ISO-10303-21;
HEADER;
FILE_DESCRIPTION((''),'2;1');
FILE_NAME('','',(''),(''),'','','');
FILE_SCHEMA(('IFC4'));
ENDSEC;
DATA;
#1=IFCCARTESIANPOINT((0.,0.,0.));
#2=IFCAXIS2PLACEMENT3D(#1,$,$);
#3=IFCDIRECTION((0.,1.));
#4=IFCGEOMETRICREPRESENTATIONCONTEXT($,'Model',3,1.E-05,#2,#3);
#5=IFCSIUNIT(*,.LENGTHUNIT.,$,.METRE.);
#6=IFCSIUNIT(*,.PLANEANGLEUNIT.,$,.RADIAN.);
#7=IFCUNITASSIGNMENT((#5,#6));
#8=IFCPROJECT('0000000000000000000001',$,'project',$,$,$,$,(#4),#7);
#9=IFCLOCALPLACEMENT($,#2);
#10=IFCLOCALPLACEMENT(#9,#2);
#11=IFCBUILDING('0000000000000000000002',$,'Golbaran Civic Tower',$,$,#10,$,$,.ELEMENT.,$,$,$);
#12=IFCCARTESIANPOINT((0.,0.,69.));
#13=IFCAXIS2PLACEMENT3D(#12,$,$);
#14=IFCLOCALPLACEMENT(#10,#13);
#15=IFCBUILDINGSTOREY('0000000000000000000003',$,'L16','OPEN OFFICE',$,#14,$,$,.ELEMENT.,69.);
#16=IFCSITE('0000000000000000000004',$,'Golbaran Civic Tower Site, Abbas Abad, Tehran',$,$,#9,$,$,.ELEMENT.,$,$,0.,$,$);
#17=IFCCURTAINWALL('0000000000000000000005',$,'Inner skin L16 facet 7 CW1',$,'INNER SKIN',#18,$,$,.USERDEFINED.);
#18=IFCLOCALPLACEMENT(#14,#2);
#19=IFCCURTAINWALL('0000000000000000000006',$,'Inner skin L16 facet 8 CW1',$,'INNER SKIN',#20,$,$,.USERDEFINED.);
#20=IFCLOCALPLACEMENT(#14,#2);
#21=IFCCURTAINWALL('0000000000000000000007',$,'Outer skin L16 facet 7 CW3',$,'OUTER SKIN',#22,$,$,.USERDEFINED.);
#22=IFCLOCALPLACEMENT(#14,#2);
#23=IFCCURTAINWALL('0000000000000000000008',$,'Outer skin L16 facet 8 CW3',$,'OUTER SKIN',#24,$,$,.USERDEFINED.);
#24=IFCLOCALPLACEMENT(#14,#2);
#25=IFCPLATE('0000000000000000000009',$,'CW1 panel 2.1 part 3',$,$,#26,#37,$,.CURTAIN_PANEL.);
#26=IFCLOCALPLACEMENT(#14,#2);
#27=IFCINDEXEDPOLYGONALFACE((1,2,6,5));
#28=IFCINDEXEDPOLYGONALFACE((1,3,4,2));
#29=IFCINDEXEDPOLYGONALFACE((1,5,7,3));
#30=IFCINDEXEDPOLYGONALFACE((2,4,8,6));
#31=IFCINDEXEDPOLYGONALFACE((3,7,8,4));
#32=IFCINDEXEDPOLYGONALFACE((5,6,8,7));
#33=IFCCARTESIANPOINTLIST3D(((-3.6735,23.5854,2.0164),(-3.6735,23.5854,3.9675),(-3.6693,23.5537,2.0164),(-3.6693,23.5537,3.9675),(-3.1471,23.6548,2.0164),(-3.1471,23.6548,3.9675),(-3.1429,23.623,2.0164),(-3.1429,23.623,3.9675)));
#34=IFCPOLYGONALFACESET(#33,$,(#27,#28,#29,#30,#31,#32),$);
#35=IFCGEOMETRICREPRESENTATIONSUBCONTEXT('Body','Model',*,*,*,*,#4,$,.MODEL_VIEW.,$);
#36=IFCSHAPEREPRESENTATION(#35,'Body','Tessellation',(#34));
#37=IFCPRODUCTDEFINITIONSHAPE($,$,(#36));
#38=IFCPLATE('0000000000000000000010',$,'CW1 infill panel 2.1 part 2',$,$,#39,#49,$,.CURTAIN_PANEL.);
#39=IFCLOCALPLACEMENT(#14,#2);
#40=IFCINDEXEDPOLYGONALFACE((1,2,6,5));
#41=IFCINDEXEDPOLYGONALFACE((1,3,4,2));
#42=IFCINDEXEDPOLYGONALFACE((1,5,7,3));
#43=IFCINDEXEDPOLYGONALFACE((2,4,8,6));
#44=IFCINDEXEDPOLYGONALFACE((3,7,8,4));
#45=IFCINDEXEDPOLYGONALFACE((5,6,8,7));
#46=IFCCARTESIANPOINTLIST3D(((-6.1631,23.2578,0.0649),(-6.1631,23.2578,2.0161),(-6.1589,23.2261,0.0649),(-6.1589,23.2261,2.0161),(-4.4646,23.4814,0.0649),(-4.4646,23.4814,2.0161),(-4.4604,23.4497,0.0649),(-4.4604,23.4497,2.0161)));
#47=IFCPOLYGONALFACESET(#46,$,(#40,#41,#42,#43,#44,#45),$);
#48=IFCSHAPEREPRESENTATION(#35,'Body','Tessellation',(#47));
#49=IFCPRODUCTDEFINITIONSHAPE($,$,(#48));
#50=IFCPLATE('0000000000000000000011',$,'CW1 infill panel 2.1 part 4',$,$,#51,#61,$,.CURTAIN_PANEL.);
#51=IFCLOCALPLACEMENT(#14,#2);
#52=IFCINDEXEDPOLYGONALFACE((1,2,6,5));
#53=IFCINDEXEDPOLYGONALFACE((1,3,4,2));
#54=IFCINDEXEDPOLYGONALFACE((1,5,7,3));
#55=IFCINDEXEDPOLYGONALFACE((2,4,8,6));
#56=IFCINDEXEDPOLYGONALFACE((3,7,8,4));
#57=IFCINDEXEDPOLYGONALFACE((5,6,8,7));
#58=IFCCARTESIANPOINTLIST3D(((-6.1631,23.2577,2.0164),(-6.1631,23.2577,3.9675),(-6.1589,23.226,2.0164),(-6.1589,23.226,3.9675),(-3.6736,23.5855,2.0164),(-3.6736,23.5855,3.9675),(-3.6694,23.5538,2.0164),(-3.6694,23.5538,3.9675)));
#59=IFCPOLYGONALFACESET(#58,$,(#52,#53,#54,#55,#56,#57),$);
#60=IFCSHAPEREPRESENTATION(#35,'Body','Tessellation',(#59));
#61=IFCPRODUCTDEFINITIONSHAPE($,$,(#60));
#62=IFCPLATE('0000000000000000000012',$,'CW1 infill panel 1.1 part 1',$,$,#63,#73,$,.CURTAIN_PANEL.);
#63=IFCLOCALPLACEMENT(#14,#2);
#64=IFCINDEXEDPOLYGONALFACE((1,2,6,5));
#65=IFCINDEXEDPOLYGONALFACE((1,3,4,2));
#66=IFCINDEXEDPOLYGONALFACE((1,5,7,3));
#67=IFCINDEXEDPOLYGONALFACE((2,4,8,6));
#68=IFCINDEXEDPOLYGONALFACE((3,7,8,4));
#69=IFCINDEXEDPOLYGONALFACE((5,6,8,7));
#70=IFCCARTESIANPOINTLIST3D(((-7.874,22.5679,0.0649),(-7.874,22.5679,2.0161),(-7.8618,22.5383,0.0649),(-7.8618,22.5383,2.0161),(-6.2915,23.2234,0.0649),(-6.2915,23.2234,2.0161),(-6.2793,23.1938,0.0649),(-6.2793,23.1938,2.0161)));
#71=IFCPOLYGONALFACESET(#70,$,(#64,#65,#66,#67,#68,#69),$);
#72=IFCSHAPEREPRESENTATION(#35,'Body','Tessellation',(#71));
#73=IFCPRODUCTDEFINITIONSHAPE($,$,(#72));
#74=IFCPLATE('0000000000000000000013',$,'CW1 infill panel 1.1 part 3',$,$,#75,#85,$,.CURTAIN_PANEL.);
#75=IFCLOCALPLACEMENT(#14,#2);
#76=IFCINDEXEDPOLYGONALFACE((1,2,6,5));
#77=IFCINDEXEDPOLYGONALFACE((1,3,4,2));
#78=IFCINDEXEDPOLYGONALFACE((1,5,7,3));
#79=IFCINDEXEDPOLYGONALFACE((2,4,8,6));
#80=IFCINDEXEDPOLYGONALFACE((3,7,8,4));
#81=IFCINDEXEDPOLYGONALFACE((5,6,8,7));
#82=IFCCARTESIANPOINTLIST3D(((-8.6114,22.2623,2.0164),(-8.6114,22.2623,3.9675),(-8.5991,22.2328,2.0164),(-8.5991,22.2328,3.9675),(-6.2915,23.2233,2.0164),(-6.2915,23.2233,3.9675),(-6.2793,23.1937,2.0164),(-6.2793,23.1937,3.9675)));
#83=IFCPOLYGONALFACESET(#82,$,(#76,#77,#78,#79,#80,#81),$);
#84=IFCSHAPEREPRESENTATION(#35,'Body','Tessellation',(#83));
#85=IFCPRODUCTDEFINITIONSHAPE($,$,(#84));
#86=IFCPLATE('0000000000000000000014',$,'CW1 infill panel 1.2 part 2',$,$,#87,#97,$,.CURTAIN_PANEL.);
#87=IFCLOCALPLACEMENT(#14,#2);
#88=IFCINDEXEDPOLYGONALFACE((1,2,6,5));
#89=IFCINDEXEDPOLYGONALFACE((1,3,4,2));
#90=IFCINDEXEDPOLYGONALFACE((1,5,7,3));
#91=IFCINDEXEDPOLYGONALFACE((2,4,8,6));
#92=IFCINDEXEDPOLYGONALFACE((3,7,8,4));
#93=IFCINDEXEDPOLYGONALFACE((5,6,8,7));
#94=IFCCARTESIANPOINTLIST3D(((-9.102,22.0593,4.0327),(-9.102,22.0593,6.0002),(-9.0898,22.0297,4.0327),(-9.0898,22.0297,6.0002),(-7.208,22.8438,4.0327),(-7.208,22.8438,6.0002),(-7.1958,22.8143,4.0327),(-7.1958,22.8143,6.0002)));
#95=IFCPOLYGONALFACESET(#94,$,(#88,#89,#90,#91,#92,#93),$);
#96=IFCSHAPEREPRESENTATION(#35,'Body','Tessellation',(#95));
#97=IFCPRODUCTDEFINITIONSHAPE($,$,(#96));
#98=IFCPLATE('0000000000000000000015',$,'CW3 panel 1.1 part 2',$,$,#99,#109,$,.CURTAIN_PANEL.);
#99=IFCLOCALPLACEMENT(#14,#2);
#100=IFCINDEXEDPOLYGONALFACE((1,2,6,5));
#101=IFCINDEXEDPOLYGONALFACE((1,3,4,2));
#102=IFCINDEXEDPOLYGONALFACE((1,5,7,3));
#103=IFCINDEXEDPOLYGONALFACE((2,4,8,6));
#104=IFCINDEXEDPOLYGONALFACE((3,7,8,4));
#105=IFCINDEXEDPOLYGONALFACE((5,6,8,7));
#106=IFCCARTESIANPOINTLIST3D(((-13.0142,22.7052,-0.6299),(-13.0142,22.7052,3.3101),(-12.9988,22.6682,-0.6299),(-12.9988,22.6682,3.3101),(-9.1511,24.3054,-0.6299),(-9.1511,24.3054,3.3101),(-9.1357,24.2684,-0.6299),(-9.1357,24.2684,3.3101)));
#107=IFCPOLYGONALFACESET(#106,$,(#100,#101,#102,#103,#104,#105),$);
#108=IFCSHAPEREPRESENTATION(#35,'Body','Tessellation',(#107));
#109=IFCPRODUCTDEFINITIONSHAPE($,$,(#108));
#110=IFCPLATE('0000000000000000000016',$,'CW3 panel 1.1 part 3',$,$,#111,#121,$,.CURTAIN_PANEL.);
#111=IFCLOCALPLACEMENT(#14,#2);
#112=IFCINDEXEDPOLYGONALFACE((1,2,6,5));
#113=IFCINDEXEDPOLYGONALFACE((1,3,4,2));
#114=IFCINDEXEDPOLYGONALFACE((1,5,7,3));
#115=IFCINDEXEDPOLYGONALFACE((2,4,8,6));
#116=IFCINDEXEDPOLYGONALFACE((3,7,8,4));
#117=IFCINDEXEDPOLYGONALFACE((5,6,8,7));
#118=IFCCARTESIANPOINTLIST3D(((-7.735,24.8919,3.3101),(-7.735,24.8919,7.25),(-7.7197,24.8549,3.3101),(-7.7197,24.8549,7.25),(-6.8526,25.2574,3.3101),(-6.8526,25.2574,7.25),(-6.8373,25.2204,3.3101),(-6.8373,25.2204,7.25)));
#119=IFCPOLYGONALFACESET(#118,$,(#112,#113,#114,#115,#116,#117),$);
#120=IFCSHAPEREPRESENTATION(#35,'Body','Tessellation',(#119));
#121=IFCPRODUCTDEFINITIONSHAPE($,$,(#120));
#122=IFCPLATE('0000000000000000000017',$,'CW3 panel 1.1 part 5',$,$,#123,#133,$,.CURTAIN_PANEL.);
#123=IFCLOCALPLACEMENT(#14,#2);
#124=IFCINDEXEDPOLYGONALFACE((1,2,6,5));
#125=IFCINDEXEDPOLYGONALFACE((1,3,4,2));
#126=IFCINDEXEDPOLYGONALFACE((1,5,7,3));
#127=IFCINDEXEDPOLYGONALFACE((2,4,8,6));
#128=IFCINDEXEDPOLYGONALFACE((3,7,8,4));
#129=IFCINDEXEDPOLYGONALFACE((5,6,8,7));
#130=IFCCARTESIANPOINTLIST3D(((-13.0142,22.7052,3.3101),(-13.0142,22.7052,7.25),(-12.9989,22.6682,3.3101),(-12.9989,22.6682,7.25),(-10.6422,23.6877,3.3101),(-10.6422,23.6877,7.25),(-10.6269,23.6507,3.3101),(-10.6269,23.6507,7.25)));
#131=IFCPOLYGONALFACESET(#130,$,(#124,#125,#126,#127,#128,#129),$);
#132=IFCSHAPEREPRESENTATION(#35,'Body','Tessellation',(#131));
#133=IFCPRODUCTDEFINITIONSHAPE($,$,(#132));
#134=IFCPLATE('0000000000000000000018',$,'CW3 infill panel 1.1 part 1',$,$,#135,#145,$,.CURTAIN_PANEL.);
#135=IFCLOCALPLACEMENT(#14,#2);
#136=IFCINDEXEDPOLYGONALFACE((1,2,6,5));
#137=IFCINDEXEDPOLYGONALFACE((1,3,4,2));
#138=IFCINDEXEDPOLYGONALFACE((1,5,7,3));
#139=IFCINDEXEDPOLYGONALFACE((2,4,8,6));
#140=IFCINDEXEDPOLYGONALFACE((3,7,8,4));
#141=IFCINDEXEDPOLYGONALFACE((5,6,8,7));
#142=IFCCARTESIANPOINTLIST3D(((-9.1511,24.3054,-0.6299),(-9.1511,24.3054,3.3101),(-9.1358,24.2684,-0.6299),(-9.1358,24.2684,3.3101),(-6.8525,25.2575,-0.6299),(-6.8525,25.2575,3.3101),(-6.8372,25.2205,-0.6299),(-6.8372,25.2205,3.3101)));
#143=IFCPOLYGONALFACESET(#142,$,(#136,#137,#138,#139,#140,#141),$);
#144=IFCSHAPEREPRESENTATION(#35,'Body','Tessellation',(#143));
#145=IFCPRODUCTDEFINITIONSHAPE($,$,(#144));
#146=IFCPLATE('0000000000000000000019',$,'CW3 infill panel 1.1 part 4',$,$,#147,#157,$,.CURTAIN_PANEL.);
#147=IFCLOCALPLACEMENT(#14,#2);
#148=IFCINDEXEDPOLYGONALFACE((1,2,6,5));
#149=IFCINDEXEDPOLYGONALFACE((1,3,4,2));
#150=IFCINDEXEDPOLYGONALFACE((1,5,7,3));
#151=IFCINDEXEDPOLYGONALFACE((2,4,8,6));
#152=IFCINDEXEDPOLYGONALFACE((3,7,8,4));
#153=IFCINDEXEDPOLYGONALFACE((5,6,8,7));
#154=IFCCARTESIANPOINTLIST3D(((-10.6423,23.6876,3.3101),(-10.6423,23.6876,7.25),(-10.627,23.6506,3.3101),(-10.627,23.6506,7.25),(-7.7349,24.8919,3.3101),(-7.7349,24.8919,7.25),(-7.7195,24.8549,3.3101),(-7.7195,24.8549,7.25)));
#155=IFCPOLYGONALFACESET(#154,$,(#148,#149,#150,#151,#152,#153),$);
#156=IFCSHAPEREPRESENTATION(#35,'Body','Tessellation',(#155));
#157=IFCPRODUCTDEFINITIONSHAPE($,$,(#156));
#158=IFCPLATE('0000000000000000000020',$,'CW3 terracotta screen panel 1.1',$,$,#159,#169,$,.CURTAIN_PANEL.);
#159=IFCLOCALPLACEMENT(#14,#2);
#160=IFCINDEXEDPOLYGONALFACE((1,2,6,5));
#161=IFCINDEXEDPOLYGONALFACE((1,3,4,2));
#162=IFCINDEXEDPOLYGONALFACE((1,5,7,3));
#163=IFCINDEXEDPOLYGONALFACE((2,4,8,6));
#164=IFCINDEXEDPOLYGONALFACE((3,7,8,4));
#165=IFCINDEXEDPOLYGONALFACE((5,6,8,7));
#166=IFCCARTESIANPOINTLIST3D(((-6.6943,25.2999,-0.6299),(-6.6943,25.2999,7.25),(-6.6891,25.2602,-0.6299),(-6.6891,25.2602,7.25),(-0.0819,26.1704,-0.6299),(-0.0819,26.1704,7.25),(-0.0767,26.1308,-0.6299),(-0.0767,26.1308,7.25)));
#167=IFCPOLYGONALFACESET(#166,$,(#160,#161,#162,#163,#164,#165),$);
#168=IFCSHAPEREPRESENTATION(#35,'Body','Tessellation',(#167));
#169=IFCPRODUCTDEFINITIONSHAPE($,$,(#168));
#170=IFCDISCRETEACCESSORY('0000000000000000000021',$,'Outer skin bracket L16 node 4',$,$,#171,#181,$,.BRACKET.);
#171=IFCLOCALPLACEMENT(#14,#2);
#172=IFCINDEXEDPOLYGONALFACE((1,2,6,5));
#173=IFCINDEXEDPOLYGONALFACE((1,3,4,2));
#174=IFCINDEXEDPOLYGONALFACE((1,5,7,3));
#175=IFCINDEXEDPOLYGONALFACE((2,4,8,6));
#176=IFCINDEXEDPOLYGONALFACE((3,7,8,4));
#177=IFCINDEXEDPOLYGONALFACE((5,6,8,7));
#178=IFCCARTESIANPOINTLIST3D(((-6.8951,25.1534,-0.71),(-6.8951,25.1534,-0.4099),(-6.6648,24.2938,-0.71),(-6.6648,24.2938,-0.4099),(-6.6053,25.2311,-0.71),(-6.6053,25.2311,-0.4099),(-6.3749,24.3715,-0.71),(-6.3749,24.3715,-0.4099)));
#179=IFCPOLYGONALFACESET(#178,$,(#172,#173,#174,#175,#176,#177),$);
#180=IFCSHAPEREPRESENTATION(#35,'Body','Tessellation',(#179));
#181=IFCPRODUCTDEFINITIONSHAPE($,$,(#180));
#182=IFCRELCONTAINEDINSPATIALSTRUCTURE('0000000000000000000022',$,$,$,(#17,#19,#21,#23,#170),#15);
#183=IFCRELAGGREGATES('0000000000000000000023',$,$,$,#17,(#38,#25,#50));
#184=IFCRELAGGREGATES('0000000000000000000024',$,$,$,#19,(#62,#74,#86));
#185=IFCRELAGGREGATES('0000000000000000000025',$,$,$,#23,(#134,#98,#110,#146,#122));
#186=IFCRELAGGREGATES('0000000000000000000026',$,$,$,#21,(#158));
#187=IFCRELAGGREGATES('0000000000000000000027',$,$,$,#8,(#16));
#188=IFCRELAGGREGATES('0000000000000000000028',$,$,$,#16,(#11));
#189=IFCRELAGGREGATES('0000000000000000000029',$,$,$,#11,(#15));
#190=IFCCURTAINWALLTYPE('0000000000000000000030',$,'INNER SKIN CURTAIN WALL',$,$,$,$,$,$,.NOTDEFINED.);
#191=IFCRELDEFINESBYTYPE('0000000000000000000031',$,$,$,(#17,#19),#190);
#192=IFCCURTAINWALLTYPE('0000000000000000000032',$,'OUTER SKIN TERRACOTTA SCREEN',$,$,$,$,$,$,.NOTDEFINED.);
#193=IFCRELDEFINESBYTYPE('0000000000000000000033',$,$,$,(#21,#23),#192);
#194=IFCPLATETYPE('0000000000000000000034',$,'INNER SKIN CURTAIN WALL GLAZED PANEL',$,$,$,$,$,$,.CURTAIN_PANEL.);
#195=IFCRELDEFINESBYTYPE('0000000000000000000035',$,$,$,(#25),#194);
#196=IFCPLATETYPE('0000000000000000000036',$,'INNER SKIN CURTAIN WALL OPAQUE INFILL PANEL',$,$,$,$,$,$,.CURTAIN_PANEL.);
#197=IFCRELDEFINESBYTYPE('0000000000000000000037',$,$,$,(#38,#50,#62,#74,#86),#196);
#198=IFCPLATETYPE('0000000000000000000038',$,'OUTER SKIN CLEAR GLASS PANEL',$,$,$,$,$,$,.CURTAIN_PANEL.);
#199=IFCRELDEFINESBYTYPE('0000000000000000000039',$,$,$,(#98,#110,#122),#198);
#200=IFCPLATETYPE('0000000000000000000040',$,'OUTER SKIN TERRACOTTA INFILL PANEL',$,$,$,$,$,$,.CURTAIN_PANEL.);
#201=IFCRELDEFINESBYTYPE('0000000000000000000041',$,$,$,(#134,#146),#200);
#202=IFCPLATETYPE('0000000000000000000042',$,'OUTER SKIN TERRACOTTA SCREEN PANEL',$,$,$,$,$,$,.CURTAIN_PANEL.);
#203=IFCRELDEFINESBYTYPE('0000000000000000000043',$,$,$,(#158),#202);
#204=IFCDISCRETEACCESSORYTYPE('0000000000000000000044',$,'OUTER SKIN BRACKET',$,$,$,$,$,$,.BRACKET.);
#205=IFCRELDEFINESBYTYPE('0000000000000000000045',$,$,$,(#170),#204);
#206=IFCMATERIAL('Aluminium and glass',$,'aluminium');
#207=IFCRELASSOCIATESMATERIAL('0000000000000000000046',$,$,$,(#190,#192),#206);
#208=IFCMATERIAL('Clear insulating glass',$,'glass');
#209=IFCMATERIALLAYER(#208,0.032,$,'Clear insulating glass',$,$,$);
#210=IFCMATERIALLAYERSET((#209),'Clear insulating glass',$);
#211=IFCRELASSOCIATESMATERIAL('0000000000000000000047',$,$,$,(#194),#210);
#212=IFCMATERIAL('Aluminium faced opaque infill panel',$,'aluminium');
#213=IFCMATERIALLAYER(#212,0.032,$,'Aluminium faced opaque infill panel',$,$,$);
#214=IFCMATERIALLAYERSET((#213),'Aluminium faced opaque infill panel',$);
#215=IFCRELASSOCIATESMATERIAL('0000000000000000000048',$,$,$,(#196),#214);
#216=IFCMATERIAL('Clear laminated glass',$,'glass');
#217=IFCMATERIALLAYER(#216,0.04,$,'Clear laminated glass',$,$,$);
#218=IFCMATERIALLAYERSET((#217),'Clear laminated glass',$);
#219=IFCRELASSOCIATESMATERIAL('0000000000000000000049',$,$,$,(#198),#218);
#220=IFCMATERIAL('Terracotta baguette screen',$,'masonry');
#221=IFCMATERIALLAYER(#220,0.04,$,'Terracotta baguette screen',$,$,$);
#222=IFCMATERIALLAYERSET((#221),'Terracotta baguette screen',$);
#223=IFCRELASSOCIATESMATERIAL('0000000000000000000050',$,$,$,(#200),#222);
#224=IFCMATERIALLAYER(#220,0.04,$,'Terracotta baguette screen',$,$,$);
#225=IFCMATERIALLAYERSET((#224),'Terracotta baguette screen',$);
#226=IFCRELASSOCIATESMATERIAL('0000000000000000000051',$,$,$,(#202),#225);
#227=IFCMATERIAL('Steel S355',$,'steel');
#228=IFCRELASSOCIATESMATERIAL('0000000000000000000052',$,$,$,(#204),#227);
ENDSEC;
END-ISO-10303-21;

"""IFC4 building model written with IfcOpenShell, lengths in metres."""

from ifc_helpers import new_model, si_unit, direction, frame, origin, origin_2d, place, context, subcontext, project, spatial, rectangle, extrude, material, layer, layer_set, type_object, element, aggregate, save


model = new_model("IFC4")

# Units and contexts
model_context = context("Model", 3, precision=1e-05, world=origin(), true_north=direction((0.0, 1.0)))
body_context = subcontext(model_context, "Body", "Model", "MODEL_VIEW")
ifc_project = project(units=[si_unit("LENGTHUNIT", "METRE"), si_unit("PLANEANGLEUNIT", "RADIAN")], contexts=[model_context])

# Site, building, storey
site_placement = place(None, origin())
site = spatial("IfcSite", under=ifc_project, at=site_placement, Name="Golbaran Civic Tower Site, Abbas Abad, Tehran", CompositionType="ELEMENT", RefElevation=0.0)
building_placement = place(site_placement, origin())
building = spatial("IfcBuilding", under=site, at=building_placement, Name="Golbaran Civic Tower", CompositionType="ELEMENT")
storey_placement = place(building_placement, frame((0.0, 0.0, 69.0)))
storey = spatial("IfcBuildingStorey", under=building, at=storey_placement, Name="L16", Description="OPEN OFFICE", CompositionType="ELEMENT", Elevation=69.0)

# Shared definitions
ifc_material_1 = material(Name="Steel S355", Category="steel")

# Curtain wall
ifc_material_2 = material(Name="Aluminium and glass", Category="aluminium")
curtain_wall_type_1 = type_object("IfcCurtainWallType", Name="INNER SKIN CURTAIN WALL", PredefinedType="NOTDEFINED", material=ifc_material_2)
curtain_wall_1_placement = place(storey_placement, origin())
curtain_wall_1 = element("IfcCurtainWall", 1, at=curtain_wall_1_placement, inside=storey, type_object=curtain_wall_type_1, Name="Inner skin L16 facet 7 CW1", ObjectType="INNER SKIN", PredefinedType="USERDEFINED")

# Curtain wall
curtain_wall_2_placement = place(storey_placement, origin())
curtain_wall_2 = element("IfcCurtainWall", 2, at=curtain_wall_2_placement, inside=storey, type_object=curtain_wall_type_1, Name="Inner skin L16 facet 8 CW1", ObjectType="INNER SKIN", PredefinedType="USERDEFINED")

# Curtain walls
curtain_wall_type_2 = type_object("IfcCurtainWallType", Name="OUTER SKIN TERRACOTTA SCREEN", PredefinedType="NOTDEFINED", material=ifc_material_2)
curtain_wall_3_placement = place(storey_placement, origin())
curtain_wall_3 = element("IfcCurtainWall", 3, at=curtain_wall_3_placement, inside=storey, type_object=curtain_wall_type_2, Name="Outer skin L16 facet 7 CW3", ObjectType="OUTER SKIN", PredefinedType="USERDEFINED")
curtain_wall_4_placement = place(storey_placement, origin())
curtain_wall_4 = element("IfcCurtainWall", 4, at=curtain_wall_4_placement, inside=storey, type_object=curtain_wall_type_2, Name="Outer skin L16 facet 8 CW3", ObjectType="OUTER SKIN", PredefinedType="USERDEFINED")

# Plates
ifc_material_3 = material(Name="Clear insulating glass", Category="glass")
ifc_layer_1 = layer(ifc_material_3, 0.032, Name="Clear insulating glass")
ifc_layer_set_1 = layer_set([ifc_layer_1], Name="Clear insulating glass")
plate_type_1 = type_object("IfcPlateType", Name="INNER SKIN CURTAIN WALL GLAZED PANEL", PredefinedType="CURTAIN_PANEL", material=ifc_layer_set_1)
plate_1_placement = place(storey_placement, frame((-3.4082, 23.6042, 2.0164), z_axis=(0.0, 0.0, 1.0), x_axis=(-0.991445, -0.130526, 0.0)))
plate_1 = element("IfcPlate", 5, at=plate_1_placement, type_object=plate_type_1, Name="CW1 panel 2.1 part 3", PredefinedType="CURTAIN_PANEL", context=body_context, shape_type="SweptSolid", body=[
    extrude(rectangle(XDim=0.531, YDim=0.032, at=origin_2d()), origin(), (0.0, 0.0, 1.0), 1.9512),
])
ifc_material_4 = material(Name="Aluminium faced opaque infill panel", Category="aluminium")
ifc_layer_2 = layer(ifc_material_4, 0.032, Name="Aluminium faced opaque infill panel")
ifc_layer_set_2 = layer_set([ifc_layer_2], Name="Aluminium faced opaque infill panel")
plate_type_2 = type_object("IfcPlateType", Name="INNER SKIN CURTAIN WALL OPAQUE INFILL PANEL", PredefinedType="CURTAIN_PANEL", material=ifc_layer_set_2)
plate_2_placement = place(storey_placement, frame((-5.3118, 23.3538, 0.0649), z_axis=(0.0, 0.0, 1.0), x_axis=(-0.991445, -0.130526, 0.0)))
plate_2 = element("IfcPlate", 6, at=plate_2_placement, type_object=plate_type_2, Name="CW1 infill panel 2.1 part 2", PredefinedType="CURTAIN_PANEL", context=body_context, shape_type="SweptSolid", body=[
    extrude(rectangle(XDim=1.7131, YDim=0.032, at=origin_2d()), origin(), (0.0, 0.0, 1.0), 1.9512),
])
plate_3_placement = place(storey_placement, frame((-4.9163, 23.4058, 2.0164), z_axis=(0.0, 0.0, 1.0), x_axis=(-0.991445, -0.130526, 0.0)))
plate_3 = element("IfcPlate", 7, at=plate_3_placement, type_object=plate_type_2, Name="CW1 infill panel 2.1 part 4", PredefinedType="CURTAIN_PANEL", context=body_context, shape_type="SweptSolid", body=[
    extrude(rectangle(XDim=2.511, YDim=0.032, at=origin_2d()), origin(), (0.0, 0.0, 1.0), 1.9512),
])
aggregate(curtain_wall_1, [plate_2, plate_1, plate_3])
plate_4_placement = place(storey_placement, frame((-7.0767, 22.8809, 0.0649), z_axis=(0.0, 0.0, 1.0), x_axis=(-0.92388, -0.382683, 0.0)))
plate_4 = element("IfcPlate", 8, at=plate_4_placement, type_object=plate_type_2, Name="CW1 infill panel 1.1 part 1", PredefinedType="CURTAIN_PANEL", context=body_context, shape_type="SweptSolid", body=[
    extrude(rectangle(XDim=1.7129, YDim=0.032, at=origin_2d()), origin(), (0.0, 0.0, 1.0), 1.9512),
])
plate_5_placement = place(storey_placement, frame((-7.4453, 22.728, 2.0164), z_axis=(0.0, 0.0, 1.0), x_axis=(-0.92388, -0.382683, 0.0)))
plate_5 = element("IfcPlate", 9, at=plate_5_placement, type_object=plate_type_2, Name="CW1 infill panel 1.1 part 3", PredefinedType="CURTAIN_PANEL", context=body_context, shape_type="SweptSolid", body=[
    extrude(rectangle(XDim=2.511, YDim=0.032, at=origin_2d()), origin(), (0.0, 0.0, 1.0), 1.9512),
])
plate_6_placement = place(storey_placement, frame((-8.1489, 22.4368, 4.0327), z_axis=(0.0, 0.0, 1.0), x_axis=(-0.92388, -0.382683, 0.0)))
plate_6 = element("IfcPlate", 10, at=plate_6_placement, type_object=plate_type_2, Name="CW1 infill panel 1.2 part 2", PredefinedType="CURTAIN_PANEL", context=body_context, shape_type="SweptSolid", body=[
    extrude(rectangle(XDim=2.05, YDim=0.032, at=origin_2d()), origin(), (0.0, 0.0, 1.0), 1.9675),
])
aggregate(curtain_wall_2, [plate_4, plate_5, plate_6])
ifc_material_5 = material(Name="Clear laminated glass", Category="glass")
ifc_layer_3 = layer(ifc_material_5, 0.04, Name="Clear laminated glass")
ifc_layer_set_3 = layer_set([ifc_layer_3], Name="Clear laminated glass")
plate_type_3 = type_object("IfcPlateType", Name="OUTER SKIN CLEAR GLASS PANEL", PredefinedType="CURTAIN_PANEL", material=ifc_layer_set_3)
plate_7_placement = place(storey_placement, frame((-11.075, 23.4868, -0.6299), z_axis=(0.0, 0.0, 1.0), x_axis=(-0.92388, -0.382683, 0.0)))
plate_7 = element("IfcPlate", 11, at=plate_7_placement, type_object=plate_type_3, Name="CW3 panel 1.1 part 2", PredefinedType="CURTAIN_PANEL", context=body_context, shape_type="SweptSolid", body=[
    extrude(rectangle(XDim=4.1814, YDim=0.04, at=origin_2d()), origin(), (0.0, 0.0, 1.0), 3.9399),
])
plate_8_placement = place(storey_placement, frame((-7.2861, 25.0562, 3.3101), z_axis=(0.0, 0.0, 1.0), x_axis=(-0.92388, -0.382683, 0.0)))
plate_8 = element("IfcPlate", 12, at=plate_8_placement, type_object=plate_type_3, Name="CW3 panel 1.1 part 3", PredefinedType="CURTAIN_PANEL", context=body_context, shape_type="SweptSolid", body=[
    extrude(rectangle(XDim=0.9551, YDim=0.04, at=origin_2d()), origin(), (0.0, 0.0, 1.0), 3.9399),
])
plate_9_placement = place(storey_placement, frame((-11.8206, 23.178, 3.3101), z_axis=(0.0, 0.0, 1.0), x_axis=(-0.92388, -0.382683, 0.0)))
plate_9 = element("IfcPlate", 13, at=plate_9_placement, type_object=plate_type_3, Name="CW3 panel 1.1 part 5", PredefinedType="CURTAIN_PANEL", context=body_context, shape_type="SweptSolid", body=[
    extrude(rectangle(XDim=2.5674, YDim=0.04, at=origin_2d()), origin(), (0.0, 0.0, 1.0), 3.9399),
])
ifc_material_6 = material(Name="Terracotta baguette screen", Category="masonry")
ifc_layer_4 = layer(ifc_material_6, 0.04, Name="Terracotta baguette screen")
ifc_layer_set_4 = layer_set([ifc_layer_4], Name="Terracotta baguette screen")
plate_type_4 = type_object("IfcPlateType", Name="OUTER SKIN TERRACOTTA INFILL PANEL", PredefinedType="CURTAIN_PANEL", material=ifc_layer_set_4)
plate_10_placement = place(storey_placement, frame((-7.9941, 24.7629, -0.6299), z_axis=(0.0, 0.0, 1.0), x_axis=(-0.92388, -0.382683, 0.0)))
plate_10 = element("IfcPlate", 14, at=plate_10_placement, type_object=plate_type_4, Name="CW3 infill panel 1.1 part 1", PredefinedType="CURTAIN_PANEL", context=body_context, shape_type="SweptSolid", body=[
    extrude(rectangle(XDim=2.488, YDim=0.04, at=origin_2d()), origin(), (0.0, 0.0, 1.0), 3.9399),
])
plate_11_placement = place(storey_placement, frame((-9.1809, 24.2712, 3.3101), z_axis=(0.0, 0.0, 1.0), x_axis=(-0.92388, -0.382683, 0.0)))
plate_11 = element("IfcPlate", 15, at=plate_11_placement, type_object=plate_type_4, Name="CW3 infill panel 1.1 part 4", PredefinedType="CURTAIN_PANEL", context=body_context, shape_type="SweptSolid", body=[
    extrude(rectangle(XDim=3.147, YDim=0.04, at=origin_2d()), origin(), (0.0, 0.0, 1.0), 3.9399),
])
aggregate(curtain_wall_4, [plate_10, plate_7, plate_8, plate_11, plate_9])
ifc_layer_5 = layer(ifc_material_6, 0.04, Name="Terracotta baguette screen")
ifc_layer_set_5 = layer_set([ifc_layer_5], Name="Terracotta baguette screen")
plate_type_5 = type_object("IfcPlateType", Name="OUTER SKIN TERRACOTTA SCREEN PANEL", PredefinedType="CURTAIN_PANEL", material=ifc_layer_set_5)
plate_12_placement = place(storey_placement, frame((-3.3855, 25.7153, -0.6299), z_axis=(0.0, 0.0, 1.0), x_axis=(-0.991445, -0.130526, 0.0)))
plate_12 = element("IfcPlate", 16, at=plate_12_placement, type_object=plate_type_5, Name="CW3 terracotta screen panel 1.1", PredefinedType="CURTAIN_PANEL", context=body_context, shape_type="SweptSolid", body=[
    extrude(rectangle(XDim=6.6694, YDim=0.04, at=origin_2d()), origin(), (0.0, 0.0, 1.0), 7.8799),
])
aggregate(curtain_wall_3, [plate_12])

# Discrete accessory
discrete_accessory_type = type_object("IfcDiscreteAccessoryType", Name="OUTER SKIN BRACKET", PredefinedType="BRACKET", material=ifc_material_1)
discrete_accessory_placement = place(storey_placement, frame((-6.635, 24.7625, -0.71), z_axis=(0.0, 0.0, 1.0), x_axis=(-0.258819, 0.965926, 0.0)))
element("IfcDiscreteAccessory", 17, at=discrete_accessory_placement, inside=storey, type_object=discrete_accessory_type, Name="Outer skin bracket L16 node 4", PredefinedType="BRACKET", context=body_context, shape_type="SweptSolid", body=[
    extrude(rectangle(XDim=0.8899, YDim=0.3, at=origin_2d()), origin(), (0.0, 0.0, 1.0), 0.3),
])

save(model, "model.ifc")
